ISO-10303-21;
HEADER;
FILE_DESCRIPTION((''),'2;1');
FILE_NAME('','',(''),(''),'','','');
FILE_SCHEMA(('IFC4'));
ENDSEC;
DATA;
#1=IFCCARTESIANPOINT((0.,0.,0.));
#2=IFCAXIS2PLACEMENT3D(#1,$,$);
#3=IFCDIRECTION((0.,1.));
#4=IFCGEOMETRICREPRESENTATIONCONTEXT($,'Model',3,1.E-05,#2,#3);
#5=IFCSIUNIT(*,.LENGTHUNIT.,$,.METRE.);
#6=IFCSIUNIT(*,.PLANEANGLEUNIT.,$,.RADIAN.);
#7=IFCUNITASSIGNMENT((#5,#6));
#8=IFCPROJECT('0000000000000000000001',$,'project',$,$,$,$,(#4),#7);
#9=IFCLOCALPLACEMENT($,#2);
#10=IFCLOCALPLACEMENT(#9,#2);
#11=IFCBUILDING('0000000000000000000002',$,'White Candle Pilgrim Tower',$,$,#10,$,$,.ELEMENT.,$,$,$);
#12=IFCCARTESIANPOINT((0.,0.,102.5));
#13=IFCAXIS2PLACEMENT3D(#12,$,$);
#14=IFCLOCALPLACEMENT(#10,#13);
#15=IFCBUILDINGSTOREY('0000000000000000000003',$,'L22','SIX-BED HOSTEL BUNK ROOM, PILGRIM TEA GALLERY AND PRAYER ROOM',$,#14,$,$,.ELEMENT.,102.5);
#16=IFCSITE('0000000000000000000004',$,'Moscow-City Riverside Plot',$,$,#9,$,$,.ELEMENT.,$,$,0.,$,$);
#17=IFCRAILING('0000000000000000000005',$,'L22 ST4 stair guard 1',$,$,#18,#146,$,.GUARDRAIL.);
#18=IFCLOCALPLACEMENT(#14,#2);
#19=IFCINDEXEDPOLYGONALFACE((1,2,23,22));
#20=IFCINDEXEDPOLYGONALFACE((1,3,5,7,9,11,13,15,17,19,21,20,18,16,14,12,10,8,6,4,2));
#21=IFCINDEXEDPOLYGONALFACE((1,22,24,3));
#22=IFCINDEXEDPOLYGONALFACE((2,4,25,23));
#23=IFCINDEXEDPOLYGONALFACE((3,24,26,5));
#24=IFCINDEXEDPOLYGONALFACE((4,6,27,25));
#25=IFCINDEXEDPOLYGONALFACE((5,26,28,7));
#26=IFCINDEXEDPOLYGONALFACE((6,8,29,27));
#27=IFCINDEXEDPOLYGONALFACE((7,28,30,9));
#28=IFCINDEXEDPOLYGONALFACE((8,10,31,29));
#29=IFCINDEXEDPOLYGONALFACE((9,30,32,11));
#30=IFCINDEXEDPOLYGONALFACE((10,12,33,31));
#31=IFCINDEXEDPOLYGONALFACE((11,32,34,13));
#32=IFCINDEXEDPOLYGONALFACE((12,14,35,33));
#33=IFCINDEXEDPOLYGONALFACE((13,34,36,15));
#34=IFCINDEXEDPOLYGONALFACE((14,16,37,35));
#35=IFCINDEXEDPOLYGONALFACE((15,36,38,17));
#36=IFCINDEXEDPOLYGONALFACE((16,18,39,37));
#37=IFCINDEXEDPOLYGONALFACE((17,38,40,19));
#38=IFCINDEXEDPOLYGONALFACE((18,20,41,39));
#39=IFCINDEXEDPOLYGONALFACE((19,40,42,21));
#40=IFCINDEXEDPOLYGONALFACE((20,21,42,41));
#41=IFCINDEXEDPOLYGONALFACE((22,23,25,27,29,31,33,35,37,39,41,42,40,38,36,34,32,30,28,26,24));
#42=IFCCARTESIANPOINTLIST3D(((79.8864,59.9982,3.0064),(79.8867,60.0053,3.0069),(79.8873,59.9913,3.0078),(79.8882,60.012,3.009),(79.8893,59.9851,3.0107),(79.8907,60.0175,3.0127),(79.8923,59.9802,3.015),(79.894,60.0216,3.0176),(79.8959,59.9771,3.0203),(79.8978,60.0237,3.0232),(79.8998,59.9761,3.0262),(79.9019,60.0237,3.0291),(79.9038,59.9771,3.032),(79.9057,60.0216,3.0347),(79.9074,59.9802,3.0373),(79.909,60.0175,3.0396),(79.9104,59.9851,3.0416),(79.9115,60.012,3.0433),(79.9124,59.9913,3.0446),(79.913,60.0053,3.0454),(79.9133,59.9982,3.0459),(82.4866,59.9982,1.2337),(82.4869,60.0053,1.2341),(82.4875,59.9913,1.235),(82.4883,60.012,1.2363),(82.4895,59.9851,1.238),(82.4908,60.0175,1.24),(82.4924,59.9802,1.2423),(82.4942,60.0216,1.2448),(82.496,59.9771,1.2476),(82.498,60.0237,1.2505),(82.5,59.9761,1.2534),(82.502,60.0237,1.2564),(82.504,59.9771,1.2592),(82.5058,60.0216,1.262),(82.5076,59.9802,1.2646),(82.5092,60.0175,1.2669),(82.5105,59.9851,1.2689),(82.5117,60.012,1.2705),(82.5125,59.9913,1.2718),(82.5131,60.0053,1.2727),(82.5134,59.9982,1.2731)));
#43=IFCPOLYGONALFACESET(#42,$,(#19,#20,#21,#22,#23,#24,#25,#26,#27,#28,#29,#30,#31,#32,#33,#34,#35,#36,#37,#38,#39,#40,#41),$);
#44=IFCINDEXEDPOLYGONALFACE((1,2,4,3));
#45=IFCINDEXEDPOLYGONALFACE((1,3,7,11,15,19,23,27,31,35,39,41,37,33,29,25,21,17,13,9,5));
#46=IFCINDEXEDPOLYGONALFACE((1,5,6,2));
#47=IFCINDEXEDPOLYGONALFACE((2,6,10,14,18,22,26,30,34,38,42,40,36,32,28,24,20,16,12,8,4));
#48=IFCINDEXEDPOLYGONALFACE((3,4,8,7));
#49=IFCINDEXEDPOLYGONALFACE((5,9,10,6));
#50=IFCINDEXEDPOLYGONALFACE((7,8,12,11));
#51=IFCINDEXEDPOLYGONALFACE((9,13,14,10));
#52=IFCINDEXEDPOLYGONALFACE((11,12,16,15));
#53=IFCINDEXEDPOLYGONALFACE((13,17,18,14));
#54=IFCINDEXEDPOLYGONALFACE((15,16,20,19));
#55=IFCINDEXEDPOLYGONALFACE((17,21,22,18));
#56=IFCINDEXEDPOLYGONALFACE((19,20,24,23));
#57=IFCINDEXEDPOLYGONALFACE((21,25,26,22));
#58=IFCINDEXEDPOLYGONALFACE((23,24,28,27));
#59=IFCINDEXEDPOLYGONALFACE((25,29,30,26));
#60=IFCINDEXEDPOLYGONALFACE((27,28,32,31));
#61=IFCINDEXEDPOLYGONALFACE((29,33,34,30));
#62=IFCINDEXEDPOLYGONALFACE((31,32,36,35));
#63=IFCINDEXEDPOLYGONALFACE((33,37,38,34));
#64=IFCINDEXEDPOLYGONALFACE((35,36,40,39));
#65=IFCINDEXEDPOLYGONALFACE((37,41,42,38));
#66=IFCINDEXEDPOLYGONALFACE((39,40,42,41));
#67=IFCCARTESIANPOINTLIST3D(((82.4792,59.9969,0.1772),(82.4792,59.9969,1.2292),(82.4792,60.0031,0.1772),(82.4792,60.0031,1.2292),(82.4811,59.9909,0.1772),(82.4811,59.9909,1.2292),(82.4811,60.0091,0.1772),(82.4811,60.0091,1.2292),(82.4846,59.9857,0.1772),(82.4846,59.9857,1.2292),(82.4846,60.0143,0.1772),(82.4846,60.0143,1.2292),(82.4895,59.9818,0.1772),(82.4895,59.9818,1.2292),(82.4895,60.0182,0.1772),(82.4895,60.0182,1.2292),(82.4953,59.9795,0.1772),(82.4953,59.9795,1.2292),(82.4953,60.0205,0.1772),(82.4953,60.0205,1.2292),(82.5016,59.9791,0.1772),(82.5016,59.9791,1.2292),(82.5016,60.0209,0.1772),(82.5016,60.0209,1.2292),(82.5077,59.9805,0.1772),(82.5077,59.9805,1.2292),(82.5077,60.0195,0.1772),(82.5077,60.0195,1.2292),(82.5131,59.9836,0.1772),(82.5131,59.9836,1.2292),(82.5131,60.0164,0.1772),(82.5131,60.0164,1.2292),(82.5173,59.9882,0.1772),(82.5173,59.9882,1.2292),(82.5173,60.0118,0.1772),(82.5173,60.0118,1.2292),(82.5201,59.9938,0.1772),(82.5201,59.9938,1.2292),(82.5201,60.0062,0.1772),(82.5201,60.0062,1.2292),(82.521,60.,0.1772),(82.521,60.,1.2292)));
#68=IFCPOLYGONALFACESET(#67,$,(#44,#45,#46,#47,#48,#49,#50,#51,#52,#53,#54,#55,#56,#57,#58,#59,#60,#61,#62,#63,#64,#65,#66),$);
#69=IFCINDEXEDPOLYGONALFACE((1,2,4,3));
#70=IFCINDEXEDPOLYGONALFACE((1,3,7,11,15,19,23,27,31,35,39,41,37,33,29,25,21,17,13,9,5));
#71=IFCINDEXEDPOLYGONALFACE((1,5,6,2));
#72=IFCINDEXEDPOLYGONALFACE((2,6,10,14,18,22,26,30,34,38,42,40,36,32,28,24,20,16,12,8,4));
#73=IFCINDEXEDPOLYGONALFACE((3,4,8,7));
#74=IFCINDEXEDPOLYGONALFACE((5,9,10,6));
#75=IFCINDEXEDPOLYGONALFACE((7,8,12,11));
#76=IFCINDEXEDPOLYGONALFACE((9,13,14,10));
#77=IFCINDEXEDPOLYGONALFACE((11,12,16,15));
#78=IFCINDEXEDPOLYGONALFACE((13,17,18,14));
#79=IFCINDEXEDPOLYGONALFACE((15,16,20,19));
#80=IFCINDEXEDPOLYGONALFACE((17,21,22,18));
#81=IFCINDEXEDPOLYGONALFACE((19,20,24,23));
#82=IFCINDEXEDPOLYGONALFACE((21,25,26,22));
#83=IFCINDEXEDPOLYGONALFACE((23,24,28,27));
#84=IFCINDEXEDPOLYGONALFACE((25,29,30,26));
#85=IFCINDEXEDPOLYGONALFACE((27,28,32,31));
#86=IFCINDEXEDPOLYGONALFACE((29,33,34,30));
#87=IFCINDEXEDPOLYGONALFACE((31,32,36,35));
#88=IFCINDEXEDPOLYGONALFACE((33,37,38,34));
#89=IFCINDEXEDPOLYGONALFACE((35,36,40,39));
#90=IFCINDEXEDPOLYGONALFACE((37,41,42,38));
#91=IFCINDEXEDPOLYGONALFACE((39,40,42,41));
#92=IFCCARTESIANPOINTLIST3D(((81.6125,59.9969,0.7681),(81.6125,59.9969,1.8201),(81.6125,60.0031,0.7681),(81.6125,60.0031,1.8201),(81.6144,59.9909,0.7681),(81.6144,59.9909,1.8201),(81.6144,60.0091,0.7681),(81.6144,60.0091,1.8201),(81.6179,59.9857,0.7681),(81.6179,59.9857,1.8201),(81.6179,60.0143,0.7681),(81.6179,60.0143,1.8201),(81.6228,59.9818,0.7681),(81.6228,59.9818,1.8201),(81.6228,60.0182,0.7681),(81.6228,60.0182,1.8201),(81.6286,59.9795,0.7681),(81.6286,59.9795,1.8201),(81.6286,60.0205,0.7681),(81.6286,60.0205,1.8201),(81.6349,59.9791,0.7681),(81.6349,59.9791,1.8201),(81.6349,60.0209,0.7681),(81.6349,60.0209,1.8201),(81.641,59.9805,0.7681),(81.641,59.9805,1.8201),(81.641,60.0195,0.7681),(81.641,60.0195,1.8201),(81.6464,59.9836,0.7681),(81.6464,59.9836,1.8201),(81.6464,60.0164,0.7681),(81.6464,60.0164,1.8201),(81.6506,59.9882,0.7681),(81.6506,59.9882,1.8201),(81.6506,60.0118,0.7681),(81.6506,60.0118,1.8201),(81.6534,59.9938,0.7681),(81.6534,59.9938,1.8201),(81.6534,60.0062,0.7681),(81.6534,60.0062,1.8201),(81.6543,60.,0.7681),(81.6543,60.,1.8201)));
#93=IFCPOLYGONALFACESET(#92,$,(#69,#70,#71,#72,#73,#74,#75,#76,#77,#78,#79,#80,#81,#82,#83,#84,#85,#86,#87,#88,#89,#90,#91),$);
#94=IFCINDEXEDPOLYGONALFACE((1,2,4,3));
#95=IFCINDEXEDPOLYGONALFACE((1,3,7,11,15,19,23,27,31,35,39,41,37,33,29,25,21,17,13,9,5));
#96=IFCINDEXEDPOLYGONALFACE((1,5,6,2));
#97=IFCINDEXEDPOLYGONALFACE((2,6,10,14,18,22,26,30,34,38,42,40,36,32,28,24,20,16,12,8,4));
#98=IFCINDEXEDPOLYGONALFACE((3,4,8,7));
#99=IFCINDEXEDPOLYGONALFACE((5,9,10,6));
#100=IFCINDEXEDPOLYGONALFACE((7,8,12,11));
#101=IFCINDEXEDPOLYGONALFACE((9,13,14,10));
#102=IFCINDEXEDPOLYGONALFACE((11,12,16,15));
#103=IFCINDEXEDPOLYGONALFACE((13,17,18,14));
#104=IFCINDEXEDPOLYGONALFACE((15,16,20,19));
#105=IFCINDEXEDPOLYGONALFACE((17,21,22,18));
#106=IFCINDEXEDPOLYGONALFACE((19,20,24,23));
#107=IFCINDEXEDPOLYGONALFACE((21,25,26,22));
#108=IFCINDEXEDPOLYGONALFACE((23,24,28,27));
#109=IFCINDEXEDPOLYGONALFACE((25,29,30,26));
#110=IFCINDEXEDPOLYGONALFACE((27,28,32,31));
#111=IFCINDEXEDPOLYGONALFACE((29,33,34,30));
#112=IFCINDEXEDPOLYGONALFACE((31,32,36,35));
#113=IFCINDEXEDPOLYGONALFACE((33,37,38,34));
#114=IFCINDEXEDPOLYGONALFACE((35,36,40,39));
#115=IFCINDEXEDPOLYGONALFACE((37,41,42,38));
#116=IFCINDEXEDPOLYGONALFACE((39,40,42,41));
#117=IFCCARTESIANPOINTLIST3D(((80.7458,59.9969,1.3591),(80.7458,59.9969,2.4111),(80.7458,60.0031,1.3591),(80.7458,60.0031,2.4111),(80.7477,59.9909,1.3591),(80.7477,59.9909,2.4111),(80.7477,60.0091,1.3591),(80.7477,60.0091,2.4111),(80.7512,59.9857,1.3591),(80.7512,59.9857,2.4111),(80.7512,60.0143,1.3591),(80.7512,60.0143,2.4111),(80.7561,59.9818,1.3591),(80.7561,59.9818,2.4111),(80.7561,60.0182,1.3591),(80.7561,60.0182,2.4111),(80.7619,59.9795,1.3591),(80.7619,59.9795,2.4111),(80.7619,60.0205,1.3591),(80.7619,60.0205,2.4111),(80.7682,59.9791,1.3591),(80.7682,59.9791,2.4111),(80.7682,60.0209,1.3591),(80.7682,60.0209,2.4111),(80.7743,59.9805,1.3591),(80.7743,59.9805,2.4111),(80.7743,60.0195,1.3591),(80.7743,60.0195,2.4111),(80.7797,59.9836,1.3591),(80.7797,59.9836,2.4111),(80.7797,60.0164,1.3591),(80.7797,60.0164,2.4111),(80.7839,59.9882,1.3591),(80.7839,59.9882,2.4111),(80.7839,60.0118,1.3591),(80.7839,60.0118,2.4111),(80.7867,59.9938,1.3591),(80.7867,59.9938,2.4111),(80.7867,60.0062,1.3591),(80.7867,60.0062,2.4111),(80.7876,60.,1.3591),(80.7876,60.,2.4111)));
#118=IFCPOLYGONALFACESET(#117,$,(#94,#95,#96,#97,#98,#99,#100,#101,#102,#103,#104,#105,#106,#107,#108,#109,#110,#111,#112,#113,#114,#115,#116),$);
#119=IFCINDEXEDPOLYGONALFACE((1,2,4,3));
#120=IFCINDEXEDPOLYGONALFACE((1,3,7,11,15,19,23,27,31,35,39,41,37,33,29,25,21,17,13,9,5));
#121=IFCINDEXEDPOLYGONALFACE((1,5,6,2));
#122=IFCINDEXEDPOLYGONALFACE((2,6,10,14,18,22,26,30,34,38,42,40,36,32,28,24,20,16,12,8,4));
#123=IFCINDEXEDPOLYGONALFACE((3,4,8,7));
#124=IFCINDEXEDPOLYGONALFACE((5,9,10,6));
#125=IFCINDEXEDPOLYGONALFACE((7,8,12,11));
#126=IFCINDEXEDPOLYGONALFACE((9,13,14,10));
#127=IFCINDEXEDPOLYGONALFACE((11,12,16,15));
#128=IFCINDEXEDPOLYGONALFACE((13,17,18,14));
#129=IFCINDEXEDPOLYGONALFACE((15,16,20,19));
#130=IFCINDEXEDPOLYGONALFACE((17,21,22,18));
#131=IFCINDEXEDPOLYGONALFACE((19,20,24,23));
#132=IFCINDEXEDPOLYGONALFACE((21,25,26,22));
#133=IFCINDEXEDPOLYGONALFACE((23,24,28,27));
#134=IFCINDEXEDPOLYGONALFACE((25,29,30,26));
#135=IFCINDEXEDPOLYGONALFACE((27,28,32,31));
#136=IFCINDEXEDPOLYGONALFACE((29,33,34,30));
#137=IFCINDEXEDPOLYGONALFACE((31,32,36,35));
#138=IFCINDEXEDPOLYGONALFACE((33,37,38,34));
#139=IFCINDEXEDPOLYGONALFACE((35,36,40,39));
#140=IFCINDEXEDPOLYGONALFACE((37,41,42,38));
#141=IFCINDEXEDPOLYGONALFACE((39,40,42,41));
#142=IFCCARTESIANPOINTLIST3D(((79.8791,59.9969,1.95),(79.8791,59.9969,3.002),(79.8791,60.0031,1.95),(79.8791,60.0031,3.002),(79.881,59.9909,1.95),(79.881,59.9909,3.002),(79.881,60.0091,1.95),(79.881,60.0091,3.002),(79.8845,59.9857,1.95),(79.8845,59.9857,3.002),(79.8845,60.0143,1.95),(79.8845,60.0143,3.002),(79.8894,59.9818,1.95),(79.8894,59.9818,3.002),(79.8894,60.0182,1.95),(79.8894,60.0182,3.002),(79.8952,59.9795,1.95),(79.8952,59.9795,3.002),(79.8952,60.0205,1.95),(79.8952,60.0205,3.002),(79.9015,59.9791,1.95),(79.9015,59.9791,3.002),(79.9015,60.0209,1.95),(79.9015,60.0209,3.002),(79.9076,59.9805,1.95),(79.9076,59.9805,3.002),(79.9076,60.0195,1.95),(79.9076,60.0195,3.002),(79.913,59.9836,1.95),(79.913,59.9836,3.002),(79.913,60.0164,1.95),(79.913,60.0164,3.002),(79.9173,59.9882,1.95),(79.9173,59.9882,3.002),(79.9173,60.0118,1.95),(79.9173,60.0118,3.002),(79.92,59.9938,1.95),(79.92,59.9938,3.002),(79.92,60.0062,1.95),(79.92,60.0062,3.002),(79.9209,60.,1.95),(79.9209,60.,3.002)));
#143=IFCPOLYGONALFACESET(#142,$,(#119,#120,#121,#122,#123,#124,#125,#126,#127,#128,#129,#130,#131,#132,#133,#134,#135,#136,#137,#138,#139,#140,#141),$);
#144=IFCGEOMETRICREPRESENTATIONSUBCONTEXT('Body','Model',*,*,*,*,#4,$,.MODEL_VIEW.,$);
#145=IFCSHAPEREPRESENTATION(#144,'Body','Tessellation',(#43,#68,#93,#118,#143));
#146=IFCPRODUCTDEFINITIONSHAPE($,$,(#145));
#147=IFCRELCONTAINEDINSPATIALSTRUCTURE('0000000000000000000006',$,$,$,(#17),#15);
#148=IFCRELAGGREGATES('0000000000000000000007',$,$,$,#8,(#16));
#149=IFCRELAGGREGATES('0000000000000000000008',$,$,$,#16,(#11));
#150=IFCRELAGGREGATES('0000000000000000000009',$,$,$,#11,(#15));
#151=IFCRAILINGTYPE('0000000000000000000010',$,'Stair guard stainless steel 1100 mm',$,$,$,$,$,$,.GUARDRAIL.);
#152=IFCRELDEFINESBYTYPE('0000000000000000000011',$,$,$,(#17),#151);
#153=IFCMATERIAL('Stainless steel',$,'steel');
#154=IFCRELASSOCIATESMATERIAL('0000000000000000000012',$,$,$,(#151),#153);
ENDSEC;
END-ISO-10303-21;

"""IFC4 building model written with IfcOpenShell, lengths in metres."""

from ifc_helpers import new_model, si_unit, direction, frame, origin, origin_2d, place, context, subcontext, project, spatial, circle, extrude, material, type_object, element, save


model = new_model("IFC4")

# Units and contexts
model_context = context("Model", 3, precision=1e-05, world=origin(), true_north=direction((0.0, 1.0)))
body_context = subcontext(model_context, "Body", "Model", "MODEL_VIEW")
ifc_project = project(units=[si_unit("LENGTHUNIT", "METRE"), si_unit("PLANEANGLEUNIT", "RADIAN")], contexts=[model_context])

# Site, building, storey
site_placement = place(None, origin())
site = spatial("IfcSite", under=ifc_project, at=site_placement, Name="Moscow-City Riverside Plot", CompositionType="ELEMENT", RefElevation=0.0)
building_placement = place(site_placement, origin())
building = spatial("IfcBuilding", under=site, at=building_placement, Name="White Candle Pilgrim Tower", CompositionType="ELEMENT")
storey_placement = place(building_placement, frame((0.0, 0.0, 102.5)))
storey = spatial("IfcBuildingStorey", under=building, at=storey_placement, Name="L22", Description="SIX-BED HOSTEL BUNK ROOM, PILGRIM TEA GALLERY AND PRAYER ROOM", CompositionType="ELEMENT", Elevation=102.5)

# Railing
ifc_material_1 = material(Name="Stainless steel", Category="steel")
railing_type_1 = type_object("IfcRailingType", Name="Stair guard stainless steel 1100 mm", PredefinedType="GUARDRAIL", material=ifc_material_1)
railing_1_placement = place(storey_placement, frame((82.5, 60.0, 0.1772)))
element("IfcRailing", 1, at=railing_1_placement, inside=storey, type_object=railing_type_1, Name="L22 ST4 stair guard 1", PredefinedType="GUARDRAIL", context=body_context, shape_type="SweptSolid", body=[
    extrude(circle(Radius=0.0239, at=origin_2d()), frame((0.0, 0.0, 1.0762), z_axis=(-0.82624, 0.0, 0.563318), x_axis=(0.0, -1.0, 0.0)), (0.0, 0.0, 1.0), 3.147),
    extrude(circle(Radius=0.021, at=origin_2d()), origin(), (0.0, 0.0, 1.0), 1.052),
    extrude(circle(Radius=0.021, at=origin_2d()), frame((-0.8667, 0.0, 0.5908)), (0.0, 0.0, 1.0), 1.052),
    extrude(circle(Radius=0.021, at=origin_2d()), frame((-1.7334, 0.0, 1.1819)), (0.0, 0.0, 1.0), 1.052),
    extrude(circle(Radius=0.021, at=origin_2d()), frame((-2.6001, 0.0, 1.7727)), (0.0, 0.0, 1.0), 1.052),
])

save(model, "model.ifc")
